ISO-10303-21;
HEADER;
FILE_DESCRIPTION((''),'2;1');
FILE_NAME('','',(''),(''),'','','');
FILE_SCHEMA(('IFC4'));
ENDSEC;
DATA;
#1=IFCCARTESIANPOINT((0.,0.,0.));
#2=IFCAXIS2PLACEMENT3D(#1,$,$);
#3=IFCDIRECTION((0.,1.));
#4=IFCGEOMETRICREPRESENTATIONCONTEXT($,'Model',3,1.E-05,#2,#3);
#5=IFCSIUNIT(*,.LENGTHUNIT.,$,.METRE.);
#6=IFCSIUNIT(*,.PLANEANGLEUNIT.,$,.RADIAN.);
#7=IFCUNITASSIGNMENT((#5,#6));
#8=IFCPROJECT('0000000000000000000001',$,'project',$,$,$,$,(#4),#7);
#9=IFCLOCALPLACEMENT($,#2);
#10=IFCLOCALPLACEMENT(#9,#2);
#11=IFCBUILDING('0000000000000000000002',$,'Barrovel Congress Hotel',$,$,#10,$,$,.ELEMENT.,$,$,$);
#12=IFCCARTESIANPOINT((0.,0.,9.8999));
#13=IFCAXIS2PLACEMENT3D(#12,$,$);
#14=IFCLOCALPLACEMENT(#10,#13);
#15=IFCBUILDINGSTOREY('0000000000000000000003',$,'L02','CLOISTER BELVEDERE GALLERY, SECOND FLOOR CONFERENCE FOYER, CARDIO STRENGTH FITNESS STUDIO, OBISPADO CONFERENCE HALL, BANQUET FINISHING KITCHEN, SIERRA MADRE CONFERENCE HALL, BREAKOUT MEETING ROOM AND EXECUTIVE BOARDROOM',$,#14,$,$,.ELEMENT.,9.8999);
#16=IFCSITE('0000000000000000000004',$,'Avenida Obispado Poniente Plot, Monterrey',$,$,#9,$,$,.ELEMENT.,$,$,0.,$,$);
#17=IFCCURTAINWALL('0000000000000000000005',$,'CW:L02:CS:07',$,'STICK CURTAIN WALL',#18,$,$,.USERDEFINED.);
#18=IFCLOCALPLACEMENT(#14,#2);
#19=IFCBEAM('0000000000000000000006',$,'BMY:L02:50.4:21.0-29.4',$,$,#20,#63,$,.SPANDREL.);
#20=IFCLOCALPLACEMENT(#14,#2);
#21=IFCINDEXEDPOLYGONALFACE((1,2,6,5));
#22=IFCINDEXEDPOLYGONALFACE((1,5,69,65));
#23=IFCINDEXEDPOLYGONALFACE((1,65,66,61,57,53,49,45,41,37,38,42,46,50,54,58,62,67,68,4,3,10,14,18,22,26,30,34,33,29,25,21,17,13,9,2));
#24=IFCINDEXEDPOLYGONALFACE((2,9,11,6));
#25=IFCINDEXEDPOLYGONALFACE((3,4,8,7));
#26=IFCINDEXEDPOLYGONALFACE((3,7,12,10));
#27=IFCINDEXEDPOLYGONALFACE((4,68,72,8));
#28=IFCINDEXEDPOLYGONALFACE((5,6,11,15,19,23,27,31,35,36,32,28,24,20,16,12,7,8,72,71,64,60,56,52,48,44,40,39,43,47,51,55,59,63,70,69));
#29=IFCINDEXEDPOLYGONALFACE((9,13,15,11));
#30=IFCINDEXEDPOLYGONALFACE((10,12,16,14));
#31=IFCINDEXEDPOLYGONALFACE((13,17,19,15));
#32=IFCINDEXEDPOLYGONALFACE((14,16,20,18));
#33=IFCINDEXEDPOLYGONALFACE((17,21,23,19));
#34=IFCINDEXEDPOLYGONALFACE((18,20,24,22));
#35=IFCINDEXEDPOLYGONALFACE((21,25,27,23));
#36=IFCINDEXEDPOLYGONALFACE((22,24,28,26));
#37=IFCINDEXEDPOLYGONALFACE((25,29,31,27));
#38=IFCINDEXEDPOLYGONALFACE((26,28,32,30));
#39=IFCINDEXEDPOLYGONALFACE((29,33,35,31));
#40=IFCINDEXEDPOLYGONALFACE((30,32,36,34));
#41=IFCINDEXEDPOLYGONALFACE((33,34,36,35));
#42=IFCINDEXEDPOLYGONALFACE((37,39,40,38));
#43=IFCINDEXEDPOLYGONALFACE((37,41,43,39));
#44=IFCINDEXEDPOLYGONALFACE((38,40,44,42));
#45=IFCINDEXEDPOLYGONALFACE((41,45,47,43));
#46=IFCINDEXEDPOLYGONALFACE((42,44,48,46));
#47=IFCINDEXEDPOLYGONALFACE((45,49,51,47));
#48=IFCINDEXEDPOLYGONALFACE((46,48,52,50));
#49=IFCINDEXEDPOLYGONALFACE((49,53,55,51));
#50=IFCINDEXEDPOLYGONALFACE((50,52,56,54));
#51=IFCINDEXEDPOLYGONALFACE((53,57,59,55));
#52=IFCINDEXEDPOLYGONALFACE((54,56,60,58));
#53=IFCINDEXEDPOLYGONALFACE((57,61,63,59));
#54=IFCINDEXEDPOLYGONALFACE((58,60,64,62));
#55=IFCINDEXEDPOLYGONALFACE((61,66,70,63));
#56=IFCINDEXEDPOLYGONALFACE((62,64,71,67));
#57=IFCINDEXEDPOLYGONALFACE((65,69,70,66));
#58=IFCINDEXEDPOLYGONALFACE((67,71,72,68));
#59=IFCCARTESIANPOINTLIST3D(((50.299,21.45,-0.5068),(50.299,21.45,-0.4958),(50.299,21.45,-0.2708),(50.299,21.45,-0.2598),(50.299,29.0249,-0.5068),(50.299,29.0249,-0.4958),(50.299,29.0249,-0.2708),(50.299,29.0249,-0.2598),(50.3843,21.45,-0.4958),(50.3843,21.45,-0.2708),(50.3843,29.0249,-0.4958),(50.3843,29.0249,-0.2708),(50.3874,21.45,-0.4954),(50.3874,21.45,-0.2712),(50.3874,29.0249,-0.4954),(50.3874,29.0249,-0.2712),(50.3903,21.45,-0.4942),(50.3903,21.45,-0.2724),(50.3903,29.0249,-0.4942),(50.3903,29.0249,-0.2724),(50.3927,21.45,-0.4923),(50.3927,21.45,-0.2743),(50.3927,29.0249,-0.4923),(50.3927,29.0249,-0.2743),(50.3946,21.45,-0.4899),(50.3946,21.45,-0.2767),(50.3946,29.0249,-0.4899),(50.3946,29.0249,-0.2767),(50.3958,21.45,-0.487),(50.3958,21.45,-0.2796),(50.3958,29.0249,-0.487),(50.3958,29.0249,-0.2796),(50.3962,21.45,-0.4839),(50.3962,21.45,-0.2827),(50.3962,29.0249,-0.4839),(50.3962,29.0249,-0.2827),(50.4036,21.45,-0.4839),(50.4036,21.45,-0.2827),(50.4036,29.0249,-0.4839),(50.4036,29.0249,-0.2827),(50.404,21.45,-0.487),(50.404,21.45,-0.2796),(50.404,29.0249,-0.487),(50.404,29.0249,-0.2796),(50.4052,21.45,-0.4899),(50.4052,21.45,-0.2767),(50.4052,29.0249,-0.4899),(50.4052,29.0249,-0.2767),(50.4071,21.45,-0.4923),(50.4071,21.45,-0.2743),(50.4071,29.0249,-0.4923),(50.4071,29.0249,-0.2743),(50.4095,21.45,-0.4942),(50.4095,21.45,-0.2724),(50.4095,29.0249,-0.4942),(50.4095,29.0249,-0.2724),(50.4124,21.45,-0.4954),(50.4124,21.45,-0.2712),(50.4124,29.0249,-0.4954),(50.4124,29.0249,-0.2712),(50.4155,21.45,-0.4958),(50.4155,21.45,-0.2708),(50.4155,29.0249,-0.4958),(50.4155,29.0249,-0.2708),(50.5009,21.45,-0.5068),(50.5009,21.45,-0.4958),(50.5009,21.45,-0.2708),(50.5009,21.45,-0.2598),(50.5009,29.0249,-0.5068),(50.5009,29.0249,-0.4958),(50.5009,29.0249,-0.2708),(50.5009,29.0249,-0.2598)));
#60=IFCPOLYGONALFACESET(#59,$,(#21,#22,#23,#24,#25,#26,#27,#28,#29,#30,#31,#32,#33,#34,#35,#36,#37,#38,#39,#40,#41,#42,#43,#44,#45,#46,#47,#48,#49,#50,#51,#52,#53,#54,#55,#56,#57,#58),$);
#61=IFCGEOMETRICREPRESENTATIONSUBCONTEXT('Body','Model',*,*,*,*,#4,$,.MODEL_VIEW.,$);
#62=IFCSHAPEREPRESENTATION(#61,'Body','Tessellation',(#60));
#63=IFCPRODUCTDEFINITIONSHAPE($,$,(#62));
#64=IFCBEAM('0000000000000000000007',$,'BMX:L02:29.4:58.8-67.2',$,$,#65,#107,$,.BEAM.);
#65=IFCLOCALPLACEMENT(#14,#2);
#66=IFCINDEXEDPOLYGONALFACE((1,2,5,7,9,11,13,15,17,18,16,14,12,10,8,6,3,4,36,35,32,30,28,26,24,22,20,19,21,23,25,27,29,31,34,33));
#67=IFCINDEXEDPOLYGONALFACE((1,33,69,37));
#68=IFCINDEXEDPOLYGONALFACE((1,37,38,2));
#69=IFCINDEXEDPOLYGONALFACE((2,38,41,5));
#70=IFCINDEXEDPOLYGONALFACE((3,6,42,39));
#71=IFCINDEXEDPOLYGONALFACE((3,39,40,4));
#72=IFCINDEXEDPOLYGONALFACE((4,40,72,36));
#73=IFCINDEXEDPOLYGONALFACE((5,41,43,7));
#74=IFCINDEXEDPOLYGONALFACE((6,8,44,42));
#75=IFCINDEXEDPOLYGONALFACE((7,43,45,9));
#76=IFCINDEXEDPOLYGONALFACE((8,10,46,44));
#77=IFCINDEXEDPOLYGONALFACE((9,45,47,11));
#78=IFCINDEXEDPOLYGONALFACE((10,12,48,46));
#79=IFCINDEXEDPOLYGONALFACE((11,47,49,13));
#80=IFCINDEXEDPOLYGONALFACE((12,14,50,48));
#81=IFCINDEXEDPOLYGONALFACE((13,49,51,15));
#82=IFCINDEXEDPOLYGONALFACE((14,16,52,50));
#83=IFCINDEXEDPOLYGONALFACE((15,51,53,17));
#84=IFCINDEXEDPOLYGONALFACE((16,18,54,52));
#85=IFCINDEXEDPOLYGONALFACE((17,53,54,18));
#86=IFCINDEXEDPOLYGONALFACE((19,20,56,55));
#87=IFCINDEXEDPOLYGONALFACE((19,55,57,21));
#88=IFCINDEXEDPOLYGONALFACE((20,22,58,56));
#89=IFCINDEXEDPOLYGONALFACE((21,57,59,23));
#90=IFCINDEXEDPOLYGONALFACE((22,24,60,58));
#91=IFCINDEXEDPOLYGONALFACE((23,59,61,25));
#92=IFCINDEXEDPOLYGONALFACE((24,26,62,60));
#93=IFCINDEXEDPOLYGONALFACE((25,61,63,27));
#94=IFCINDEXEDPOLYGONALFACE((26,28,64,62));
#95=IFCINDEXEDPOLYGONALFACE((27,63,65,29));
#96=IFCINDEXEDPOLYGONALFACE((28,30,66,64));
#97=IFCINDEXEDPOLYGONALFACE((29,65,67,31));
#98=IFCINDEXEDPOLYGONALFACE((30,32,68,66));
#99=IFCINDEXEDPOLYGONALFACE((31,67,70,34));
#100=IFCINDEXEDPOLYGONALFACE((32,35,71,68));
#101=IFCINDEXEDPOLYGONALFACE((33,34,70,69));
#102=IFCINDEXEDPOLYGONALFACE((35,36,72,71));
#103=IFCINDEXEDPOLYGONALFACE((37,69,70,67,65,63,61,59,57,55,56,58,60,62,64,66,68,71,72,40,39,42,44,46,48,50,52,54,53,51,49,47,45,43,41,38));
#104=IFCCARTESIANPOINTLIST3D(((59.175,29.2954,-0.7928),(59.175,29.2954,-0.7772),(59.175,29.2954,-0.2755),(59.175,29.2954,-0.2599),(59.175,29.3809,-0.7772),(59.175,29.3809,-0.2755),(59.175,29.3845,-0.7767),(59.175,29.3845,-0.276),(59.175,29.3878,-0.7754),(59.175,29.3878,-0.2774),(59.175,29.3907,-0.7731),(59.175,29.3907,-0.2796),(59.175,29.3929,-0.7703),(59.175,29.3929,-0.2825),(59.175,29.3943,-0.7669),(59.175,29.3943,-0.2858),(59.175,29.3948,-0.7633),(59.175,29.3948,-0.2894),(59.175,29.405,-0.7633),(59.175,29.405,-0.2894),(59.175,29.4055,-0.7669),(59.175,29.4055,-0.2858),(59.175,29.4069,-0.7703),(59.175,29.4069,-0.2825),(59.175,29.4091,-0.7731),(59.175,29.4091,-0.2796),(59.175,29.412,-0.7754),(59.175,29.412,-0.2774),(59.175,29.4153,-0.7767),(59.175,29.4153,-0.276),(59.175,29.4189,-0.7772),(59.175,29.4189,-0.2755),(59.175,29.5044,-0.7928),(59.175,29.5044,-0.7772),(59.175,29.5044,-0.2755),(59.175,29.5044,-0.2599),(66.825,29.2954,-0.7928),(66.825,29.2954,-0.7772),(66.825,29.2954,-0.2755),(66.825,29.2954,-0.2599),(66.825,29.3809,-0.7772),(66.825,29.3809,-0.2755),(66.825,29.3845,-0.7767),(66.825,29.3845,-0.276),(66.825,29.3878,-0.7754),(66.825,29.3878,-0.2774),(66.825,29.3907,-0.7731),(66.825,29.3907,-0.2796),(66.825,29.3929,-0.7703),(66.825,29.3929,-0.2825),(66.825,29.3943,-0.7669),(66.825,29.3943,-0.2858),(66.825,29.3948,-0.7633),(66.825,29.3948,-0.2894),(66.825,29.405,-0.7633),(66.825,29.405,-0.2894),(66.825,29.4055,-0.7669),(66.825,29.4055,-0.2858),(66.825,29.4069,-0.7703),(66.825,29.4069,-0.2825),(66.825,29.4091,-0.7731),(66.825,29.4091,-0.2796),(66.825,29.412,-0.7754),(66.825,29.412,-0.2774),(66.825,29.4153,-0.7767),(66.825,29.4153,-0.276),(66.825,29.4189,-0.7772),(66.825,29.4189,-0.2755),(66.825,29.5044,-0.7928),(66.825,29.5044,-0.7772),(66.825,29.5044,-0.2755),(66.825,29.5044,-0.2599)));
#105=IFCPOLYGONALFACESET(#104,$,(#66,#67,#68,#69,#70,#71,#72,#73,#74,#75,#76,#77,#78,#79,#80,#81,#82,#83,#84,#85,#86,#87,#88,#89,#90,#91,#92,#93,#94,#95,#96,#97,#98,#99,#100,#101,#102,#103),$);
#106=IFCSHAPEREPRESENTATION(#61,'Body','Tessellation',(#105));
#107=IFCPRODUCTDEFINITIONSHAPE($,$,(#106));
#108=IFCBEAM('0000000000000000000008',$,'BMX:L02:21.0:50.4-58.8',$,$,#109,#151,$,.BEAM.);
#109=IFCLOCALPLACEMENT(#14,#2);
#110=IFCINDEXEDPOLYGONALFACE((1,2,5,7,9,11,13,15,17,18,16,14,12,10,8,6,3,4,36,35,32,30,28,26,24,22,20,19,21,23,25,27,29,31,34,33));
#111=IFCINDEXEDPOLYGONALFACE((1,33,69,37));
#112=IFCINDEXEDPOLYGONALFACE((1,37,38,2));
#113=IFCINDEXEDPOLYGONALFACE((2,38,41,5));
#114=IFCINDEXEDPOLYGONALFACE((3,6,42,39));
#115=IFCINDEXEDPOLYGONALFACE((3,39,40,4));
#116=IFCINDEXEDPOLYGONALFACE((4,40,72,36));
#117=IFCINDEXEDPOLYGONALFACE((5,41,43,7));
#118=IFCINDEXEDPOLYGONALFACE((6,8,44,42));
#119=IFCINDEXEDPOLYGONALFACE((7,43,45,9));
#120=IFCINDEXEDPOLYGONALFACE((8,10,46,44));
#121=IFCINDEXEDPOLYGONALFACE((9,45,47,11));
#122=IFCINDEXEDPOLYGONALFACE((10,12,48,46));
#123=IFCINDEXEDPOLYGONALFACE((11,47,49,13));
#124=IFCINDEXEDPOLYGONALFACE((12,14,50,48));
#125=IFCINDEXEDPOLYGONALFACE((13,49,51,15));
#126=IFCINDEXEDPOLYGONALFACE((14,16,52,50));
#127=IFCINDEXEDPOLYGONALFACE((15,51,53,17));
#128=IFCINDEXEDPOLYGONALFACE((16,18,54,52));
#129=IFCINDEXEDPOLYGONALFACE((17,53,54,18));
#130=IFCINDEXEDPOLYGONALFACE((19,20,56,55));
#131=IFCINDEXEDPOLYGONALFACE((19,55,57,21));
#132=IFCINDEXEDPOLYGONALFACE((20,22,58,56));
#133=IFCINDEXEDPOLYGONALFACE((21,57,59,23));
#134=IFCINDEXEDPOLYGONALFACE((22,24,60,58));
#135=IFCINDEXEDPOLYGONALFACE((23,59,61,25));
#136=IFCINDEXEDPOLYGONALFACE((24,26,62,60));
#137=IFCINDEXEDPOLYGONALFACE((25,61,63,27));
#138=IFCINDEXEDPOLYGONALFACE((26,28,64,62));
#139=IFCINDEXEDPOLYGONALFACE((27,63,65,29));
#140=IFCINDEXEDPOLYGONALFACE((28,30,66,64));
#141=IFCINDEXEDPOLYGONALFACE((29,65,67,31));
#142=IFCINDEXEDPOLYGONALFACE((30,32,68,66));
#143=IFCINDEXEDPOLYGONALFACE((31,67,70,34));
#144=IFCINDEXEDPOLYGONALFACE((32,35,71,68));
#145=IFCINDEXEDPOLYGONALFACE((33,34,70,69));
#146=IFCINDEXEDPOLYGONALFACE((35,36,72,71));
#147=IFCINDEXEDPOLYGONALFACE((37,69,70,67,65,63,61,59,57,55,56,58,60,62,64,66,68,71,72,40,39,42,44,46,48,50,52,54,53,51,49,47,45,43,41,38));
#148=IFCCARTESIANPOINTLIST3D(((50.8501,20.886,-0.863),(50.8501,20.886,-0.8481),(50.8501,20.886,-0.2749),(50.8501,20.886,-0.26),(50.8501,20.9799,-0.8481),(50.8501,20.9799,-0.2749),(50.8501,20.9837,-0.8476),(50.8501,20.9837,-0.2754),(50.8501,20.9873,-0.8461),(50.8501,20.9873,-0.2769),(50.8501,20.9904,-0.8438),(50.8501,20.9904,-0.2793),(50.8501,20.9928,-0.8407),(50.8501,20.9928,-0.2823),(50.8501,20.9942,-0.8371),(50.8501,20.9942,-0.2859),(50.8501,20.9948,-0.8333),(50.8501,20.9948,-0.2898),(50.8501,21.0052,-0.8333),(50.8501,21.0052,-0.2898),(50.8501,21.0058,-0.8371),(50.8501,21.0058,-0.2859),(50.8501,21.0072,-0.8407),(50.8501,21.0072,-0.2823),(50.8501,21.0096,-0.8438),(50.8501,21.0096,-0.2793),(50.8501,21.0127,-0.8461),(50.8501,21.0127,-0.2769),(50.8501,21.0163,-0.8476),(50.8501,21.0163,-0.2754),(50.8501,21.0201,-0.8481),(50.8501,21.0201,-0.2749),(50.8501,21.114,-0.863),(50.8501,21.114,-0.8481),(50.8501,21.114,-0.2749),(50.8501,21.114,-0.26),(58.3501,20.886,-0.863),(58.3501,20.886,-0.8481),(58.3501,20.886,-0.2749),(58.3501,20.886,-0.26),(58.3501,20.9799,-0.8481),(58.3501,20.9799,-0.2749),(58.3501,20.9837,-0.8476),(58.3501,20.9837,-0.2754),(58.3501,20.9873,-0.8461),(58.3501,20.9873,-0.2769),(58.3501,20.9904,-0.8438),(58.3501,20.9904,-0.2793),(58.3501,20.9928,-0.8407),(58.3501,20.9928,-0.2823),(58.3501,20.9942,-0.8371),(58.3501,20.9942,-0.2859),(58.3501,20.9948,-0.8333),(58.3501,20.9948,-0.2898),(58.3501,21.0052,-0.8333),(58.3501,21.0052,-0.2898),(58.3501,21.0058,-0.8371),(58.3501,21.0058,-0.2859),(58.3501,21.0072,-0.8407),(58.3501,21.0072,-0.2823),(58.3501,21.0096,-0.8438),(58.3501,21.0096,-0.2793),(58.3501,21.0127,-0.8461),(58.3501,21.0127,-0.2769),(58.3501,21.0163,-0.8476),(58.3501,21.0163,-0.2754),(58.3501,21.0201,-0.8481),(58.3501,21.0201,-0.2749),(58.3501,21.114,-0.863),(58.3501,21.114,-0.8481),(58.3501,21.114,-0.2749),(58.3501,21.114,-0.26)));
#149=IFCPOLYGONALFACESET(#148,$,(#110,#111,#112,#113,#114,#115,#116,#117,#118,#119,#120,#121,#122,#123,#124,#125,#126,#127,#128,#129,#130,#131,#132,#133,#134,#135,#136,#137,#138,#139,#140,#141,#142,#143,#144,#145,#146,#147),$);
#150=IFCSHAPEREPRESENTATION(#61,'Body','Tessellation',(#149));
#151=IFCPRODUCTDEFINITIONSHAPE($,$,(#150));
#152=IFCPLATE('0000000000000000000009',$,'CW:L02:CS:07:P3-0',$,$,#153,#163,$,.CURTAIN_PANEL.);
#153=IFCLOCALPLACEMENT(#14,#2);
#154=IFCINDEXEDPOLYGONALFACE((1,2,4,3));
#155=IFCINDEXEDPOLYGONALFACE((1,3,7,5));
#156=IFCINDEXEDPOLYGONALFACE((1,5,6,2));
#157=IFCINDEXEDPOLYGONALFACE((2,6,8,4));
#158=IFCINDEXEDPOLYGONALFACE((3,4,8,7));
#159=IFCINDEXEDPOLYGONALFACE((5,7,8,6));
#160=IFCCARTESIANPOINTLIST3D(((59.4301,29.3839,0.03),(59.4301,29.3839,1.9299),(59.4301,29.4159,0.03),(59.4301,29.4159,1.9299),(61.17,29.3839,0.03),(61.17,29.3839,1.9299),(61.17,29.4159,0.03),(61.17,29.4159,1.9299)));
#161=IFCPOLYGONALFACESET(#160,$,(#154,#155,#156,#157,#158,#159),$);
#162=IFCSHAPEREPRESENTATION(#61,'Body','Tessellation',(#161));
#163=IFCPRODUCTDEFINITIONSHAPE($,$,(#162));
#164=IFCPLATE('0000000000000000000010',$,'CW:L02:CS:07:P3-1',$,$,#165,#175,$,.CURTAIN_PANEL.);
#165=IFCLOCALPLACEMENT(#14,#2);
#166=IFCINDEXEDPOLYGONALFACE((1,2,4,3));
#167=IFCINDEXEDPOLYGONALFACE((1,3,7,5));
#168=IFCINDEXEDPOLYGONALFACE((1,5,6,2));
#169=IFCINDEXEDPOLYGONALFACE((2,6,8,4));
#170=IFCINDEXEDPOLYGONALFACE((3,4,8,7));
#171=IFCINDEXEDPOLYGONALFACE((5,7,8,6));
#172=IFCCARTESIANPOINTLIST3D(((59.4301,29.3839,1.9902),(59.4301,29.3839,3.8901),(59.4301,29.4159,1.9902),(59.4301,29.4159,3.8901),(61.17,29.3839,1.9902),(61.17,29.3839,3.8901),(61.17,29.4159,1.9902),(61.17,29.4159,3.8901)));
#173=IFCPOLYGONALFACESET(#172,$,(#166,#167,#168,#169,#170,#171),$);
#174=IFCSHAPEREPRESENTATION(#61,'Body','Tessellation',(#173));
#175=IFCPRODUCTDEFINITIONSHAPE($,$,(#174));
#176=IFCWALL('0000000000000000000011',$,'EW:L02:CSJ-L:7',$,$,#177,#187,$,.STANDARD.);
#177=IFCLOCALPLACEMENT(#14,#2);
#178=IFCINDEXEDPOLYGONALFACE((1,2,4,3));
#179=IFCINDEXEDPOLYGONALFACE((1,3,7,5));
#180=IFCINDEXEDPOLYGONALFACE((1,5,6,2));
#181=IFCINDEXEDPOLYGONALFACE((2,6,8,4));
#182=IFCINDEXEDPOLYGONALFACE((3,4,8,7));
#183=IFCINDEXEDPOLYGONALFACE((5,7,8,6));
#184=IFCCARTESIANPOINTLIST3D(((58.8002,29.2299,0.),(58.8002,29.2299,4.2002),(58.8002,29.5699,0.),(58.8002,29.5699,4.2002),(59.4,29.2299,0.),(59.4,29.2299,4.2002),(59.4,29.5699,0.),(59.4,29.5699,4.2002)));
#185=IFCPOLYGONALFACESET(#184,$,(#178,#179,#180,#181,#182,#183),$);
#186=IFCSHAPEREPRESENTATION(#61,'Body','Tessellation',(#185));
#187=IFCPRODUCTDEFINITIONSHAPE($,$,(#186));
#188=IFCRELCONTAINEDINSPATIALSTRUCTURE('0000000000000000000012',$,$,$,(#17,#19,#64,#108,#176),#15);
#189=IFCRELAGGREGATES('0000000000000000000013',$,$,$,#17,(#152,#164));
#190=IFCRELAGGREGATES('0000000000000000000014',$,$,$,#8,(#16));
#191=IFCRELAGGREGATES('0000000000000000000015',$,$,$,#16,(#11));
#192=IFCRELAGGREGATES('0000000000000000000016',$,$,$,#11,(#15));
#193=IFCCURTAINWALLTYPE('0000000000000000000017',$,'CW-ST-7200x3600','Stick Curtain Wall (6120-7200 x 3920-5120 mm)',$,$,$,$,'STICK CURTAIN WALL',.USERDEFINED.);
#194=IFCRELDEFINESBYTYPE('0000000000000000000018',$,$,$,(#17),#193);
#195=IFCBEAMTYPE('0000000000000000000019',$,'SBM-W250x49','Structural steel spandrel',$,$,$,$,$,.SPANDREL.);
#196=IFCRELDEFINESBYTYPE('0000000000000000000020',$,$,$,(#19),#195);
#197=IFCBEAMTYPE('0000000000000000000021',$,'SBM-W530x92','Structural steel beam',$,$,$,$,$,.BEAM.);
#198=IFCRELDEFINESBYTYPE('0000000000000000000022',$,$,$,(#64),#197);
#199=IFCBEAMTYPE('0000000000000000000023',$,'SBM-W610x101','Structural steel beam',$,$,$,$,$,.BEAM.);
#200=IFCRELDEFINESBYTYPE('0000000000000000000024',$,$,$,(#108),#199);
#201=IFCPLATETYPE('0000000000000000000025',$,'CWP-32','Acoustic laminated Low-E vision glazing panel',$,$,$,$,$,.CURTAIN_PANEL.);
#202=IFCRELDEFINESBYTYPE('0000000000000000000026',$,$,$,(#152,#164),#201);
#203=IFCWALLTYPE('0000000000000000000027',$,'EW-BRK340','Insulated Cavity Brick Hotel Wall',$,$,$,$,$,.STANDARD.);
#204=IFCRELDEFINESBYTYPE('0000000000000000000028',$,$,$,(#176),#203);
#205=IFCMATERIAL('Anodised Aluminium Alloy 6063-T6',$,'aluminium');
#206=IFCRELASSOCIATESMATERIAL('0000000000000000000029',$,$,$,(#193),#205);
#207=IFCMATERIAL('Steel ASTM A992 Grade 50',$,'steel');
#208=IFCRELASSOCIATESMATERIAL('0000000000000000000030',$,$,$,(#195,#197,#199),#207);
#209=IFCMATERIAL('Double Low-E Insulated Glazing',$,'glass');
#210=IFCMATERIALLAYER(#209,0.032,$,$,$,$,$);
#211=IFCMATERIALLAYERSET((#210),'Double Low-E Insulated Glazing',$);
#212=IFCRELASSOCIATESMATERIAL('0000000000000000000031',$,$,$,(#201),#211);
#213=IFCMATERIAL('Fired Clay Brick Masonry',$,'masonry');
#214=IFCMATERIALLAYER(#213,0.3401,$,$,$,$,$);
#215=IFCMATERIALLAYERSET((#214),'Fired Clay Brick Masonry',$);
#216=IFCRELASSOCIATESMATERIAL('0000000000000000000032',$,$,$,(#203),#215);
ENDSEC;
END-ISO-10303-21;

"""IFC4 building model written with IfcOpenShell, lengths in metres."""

from ifc_helpers import new_model, si_unit, direction, frame, frame_2d, origin, origin_2d, place, context, subcontext, project, spatial, rectangle, i_section, extrude, material, layer, layer_set, material_profile, profile_set, type_object, element, aggregate, save


model = new_model("IFC4")

# Units and contexts
model_context = context("Model", 3, precision=1e-05, world=origin(), true_north=direction((0.0, 1.0)))
body_context = subcontext(model_context, "Body", "Model", "MODEL_VIEW")
ifc_project = project(units=[si_unit("LENGTHUNIT", "METRE"), si_unit("PLANEANGLEUNIT", "RADIAN")], contexts=[model_context])

# Site, building, storey
site_placement = place(None, origin())
site = spatial("IfcSite", under=ifc_project, at=site_placement, Name="Avenida Obispado Poniente Plot, Monterrey", CompositionType="ELEMENT", RefElevation=0.0)
building_placement = place(site_placement, origin())
building = spatial("IfcBuilding", under=site, at=building_placement, Name="Barrovel Congress Hotel", CompositionType="ELEMENT")
storey_placement = place(building_placement, frame((0.0, 0.0, 9.8999)))
storey = spatial("IfcBuildingStorey", under=building, at=storey_placement, Name="L02", Description="CLOISTER BELVEDERE GALLERY, SECOND FLOOR CONFERENCE FOYER, CARDIO STRENGTH FITNESS STUDIO, OBISPADO CONFERENCE HALL, BANQUET FINISHING KITCHEN, SIERRA MADRE CONFERENCE HALL, BREAKOUT MEETING ROOM AND EXECUTIVE BOARDROOM", CompositionType="ELEMENT", Elevation=9.8999)

# Curtain wall
ifc_material_1 = material(Name="Anodised Aluminium Alloy 6063-T6", Category="aluminium")
curtain_wall_type = type_object("IfcCurtainWallType", Name="CW-ST-7200x3600", Description="Stick Curtain Wall (6120-7200 x 3920-5120 mm)", ElementType="STICK CURTAIN WALL", PredefinedType="USERDEFINED", material=ifc_material_1)
curtain_wall_1_placement = place(storey_placement, origin())
curtain_wall_1 = element("IfcCurtainWall", 1, at=curtain_wall_1_placement, inside=storey, type_object=curtain_wall_type, Name="CW:L02:CS:07", ObjectType="STICK CURTAIN WALL", PredefinedType="USERDEFINED")

# Beams
ifc_material_2 = material(Name="Steel ASTM A992 Grade 50", Category="steel")
ifc_material_profile_1 = material_profile(ifc_material_2, i_section(OverallWidth=0.2019, OverallDepth=0.2471, WebThickness=0.0073, FlangeThickness=0.011, FilletRadius=0.012, at=origin_2d()), Name="W250x49")
ifc_profile_set_1 = profile_set([ifc_material_profile_1], Name="Steel ASTM A992 Grade 50")
beam_type_1 = type_object("IfcBeamType", Name="SBM-W250x49", Description="Structural steel spandrel", PredefinedType="SPANDREL", material=ifc_profile_set_1)
beam_1_placement = place(storey_placement, frame((50.3999, 21.45, -0.3833), z_axis=(0.0, 1.0, 0.0), x_axis=(-1.0, 0.0, 0.0)))
element("IfcBeam", 2, at=beam_1_placement, inside=storey, type_object=beam_type_1, Name="BMY:L02:50.4:21.0-29.4", PredefinedType="SPANDREL", context=body_context, shape_type="SweptSolid", body=[
    extrude(i_section(OverallWidth=0.2019, OverallDepth=0.2471, WebThickness=0.0073, FlangeThickness=0.011, FilletRadius=0.012, at=origin_2d()), origin(), (0.0, 0.0, 1.0), 7.575),
])
ifc_material_profile_2 = material_profile(ifc_material_2, i_section(OverallWidth=0.209, OverallDepth=0.533, WebThickness=0.0103, FlangeThickness=0.0156, FilletRadius=0.0139, at=origin_2d()), Name="W530x92")
ifc_profile_set_2 = profile_set([ifc_material_profile_2], Name="Steel ASTM A992 Grade 50")
beam_type_2 = type_object("IfcBeamType", Name="SBM-W530x92", Description="Structural steel beam", PredefinedType="BEAM", material=ifc_profile_set_2)
beam_2_placement = place(storey_placement, frame((59.175, 29.3999, -0.5264), z_axis=(1.0, 0.0, 0.0), x_axis=(0.0, 1.0, 0.0)))
element("IfcBeam", 3, at=beam_2_placement, inside=storey, type_object=beam_type_2, Name="BMX:L02:29.4:58.8-67.2", PredefinedType="BEAM", context=body_context, shape_type="SweptSolid", body=[
    extrude(i_section(OverallWidth=0.209, OverallDepth=0.533, WebThickness=0.0103, FlangeThickness=0.0156, FilletRadius=0.0139, at=origin_2d()), origin(), (0.0, 0.0, 1.0), 7.6499),
])
ifc_material_profile_3 = material_profile(ifc_material_2, i_section(OverallWidth=0.228, OverallDepth=0.603, WebThickness=0.0105, FlangeThickness=0.0149, FilletRadius=0.0149, at=origin_2d()), Name="W610x101")
ifc_profile_set_3 = profile_set([ifc_material_profile_3], Name="Steel ASTM A992 Grade 50")
beam_type_3 = type_object("IfcBeamType", Name="SBM-W610x101", Description="Structural steel beam", PredefinedType="BEAM", material=ifc_profile_set_3)
beam_3_placement = place(storey_placement, frame((50.8501, 21.0, -0.5615), z_axis=(1.0, 0.0, 0.0), x_axis=(0.0, 1.0, 0.0)))
element("IfcBeam", 4, at=beam_3_placement, inside=storey, type_object=beam_type_3, Name="BMX:L02:21.0:50.4-58.8", PredefinedType="BEAM", context=body_context, shape_type="SweptSolid", body=[
    extrude(i_section(OverallWidth=0.228, OverallDepth=0.603, WebThickness=0.0105, FlangeThickness=0.0149, FilletRadius=0.0149, at=origin_2d()), origin(), (0.0, 0.0, 1.0), 7.5),
])

# Plates
ifc_material_3 = material(Name="Double Low-E Insulated Glazing", Category="glass")
ifc_layer_1 = layer(ifc_material_3, 0.032)
ifc_layer_set_1 = layer_set([ifc_layer_1], Name="Double Low-E Insulated Glazing")
plate_type = type_object("IfcPlateType", Name="CWP-32", Description="Acoustic laminated Low-E vision glazing panel", PredefinedType="CURTAIN_PANEL", material=ifc_layer_set_1)
plate_1_placement = place(storey_placement, frame((60.3, 29.3999, 0.03), z_axis=(0.0, 0.0, 1.0), x_axis=(-1.0, 0.0, 0.0)))
plate_1 = element("IfcPlate", 5, at=plate_1_placement, type_object=plate_type, Name="CW:L02:CS:07:P3-0", PredefinedType="CURTAIN_PANEL", context=body_context, shape_type="SweptSolid", body=[
    extrude(rectangle(XDim=1.74, YDim=0.032, at=origin_2d()), origin(), (0.0, 0.0, 1.0), 1.8999),
])
plate_2_placement = place(storey_placement, frame((60.3, 29.3999, 1.9902), z_axis=(0.0, 0.0, 1.0), x_axis=(-1.0, 0.0, 0.0)))
plate_2 = element("IfcPlate", 6, at=plate_2_placement, type_object=plate_type, Name="CW:L02:CS:07:P3-1", PredefinedType="CURTAIN_PANEL", context=body_context, shape_type="SweptSolid", body=[
    extrude(rectangle(XDim=1.74, YDim=0.032, at=origin_2d()), origin(), (0.0, 0.0, 1.0), 1.8999),
])
aggregate(curtain_wall_1, [plate_1, plate_2])

# Wall
ifc_material_4 = material(Name="Fired Clay Brick Masonry", Category="masonry")
ifc_layer_2 = layer(ifc_material_4, 0.3401)
ifc_layer_set_2 = layer_set([ifc_layer_2], Name="Fired Clay Brick Masonry")
wall_type_1 = type_object("IfcWallType", Name="EW-BRK340", Description="Insulated Cavity Brick Hotel Wall", PredefinedType="STANDARD", material=ifc_layer_set_2)
wall_1_placement = place(storey_placement, frame((59.3999, 29.3999, 0.0), z_axis=(0.0, 0.0, 1.0), x_axis=(-1.0, 0.0, 0.0)))
element("IfcWall", 7, at=wall_1_placement, inside=storey, type_object=wall_type_1, Name="EW:L02:CSJ-L:7", PredefinedType="STANDARD", context=body_context, shape_type="SweptSolid", body=[
    extrude(rectangle(XDim=0.5999, YDim=0.3401, at=frame_2d((0.2998, 0.0))), origin(), (0.0, 0.0, 1.0), 4.2002),
])

save(model, "model.ifc")
